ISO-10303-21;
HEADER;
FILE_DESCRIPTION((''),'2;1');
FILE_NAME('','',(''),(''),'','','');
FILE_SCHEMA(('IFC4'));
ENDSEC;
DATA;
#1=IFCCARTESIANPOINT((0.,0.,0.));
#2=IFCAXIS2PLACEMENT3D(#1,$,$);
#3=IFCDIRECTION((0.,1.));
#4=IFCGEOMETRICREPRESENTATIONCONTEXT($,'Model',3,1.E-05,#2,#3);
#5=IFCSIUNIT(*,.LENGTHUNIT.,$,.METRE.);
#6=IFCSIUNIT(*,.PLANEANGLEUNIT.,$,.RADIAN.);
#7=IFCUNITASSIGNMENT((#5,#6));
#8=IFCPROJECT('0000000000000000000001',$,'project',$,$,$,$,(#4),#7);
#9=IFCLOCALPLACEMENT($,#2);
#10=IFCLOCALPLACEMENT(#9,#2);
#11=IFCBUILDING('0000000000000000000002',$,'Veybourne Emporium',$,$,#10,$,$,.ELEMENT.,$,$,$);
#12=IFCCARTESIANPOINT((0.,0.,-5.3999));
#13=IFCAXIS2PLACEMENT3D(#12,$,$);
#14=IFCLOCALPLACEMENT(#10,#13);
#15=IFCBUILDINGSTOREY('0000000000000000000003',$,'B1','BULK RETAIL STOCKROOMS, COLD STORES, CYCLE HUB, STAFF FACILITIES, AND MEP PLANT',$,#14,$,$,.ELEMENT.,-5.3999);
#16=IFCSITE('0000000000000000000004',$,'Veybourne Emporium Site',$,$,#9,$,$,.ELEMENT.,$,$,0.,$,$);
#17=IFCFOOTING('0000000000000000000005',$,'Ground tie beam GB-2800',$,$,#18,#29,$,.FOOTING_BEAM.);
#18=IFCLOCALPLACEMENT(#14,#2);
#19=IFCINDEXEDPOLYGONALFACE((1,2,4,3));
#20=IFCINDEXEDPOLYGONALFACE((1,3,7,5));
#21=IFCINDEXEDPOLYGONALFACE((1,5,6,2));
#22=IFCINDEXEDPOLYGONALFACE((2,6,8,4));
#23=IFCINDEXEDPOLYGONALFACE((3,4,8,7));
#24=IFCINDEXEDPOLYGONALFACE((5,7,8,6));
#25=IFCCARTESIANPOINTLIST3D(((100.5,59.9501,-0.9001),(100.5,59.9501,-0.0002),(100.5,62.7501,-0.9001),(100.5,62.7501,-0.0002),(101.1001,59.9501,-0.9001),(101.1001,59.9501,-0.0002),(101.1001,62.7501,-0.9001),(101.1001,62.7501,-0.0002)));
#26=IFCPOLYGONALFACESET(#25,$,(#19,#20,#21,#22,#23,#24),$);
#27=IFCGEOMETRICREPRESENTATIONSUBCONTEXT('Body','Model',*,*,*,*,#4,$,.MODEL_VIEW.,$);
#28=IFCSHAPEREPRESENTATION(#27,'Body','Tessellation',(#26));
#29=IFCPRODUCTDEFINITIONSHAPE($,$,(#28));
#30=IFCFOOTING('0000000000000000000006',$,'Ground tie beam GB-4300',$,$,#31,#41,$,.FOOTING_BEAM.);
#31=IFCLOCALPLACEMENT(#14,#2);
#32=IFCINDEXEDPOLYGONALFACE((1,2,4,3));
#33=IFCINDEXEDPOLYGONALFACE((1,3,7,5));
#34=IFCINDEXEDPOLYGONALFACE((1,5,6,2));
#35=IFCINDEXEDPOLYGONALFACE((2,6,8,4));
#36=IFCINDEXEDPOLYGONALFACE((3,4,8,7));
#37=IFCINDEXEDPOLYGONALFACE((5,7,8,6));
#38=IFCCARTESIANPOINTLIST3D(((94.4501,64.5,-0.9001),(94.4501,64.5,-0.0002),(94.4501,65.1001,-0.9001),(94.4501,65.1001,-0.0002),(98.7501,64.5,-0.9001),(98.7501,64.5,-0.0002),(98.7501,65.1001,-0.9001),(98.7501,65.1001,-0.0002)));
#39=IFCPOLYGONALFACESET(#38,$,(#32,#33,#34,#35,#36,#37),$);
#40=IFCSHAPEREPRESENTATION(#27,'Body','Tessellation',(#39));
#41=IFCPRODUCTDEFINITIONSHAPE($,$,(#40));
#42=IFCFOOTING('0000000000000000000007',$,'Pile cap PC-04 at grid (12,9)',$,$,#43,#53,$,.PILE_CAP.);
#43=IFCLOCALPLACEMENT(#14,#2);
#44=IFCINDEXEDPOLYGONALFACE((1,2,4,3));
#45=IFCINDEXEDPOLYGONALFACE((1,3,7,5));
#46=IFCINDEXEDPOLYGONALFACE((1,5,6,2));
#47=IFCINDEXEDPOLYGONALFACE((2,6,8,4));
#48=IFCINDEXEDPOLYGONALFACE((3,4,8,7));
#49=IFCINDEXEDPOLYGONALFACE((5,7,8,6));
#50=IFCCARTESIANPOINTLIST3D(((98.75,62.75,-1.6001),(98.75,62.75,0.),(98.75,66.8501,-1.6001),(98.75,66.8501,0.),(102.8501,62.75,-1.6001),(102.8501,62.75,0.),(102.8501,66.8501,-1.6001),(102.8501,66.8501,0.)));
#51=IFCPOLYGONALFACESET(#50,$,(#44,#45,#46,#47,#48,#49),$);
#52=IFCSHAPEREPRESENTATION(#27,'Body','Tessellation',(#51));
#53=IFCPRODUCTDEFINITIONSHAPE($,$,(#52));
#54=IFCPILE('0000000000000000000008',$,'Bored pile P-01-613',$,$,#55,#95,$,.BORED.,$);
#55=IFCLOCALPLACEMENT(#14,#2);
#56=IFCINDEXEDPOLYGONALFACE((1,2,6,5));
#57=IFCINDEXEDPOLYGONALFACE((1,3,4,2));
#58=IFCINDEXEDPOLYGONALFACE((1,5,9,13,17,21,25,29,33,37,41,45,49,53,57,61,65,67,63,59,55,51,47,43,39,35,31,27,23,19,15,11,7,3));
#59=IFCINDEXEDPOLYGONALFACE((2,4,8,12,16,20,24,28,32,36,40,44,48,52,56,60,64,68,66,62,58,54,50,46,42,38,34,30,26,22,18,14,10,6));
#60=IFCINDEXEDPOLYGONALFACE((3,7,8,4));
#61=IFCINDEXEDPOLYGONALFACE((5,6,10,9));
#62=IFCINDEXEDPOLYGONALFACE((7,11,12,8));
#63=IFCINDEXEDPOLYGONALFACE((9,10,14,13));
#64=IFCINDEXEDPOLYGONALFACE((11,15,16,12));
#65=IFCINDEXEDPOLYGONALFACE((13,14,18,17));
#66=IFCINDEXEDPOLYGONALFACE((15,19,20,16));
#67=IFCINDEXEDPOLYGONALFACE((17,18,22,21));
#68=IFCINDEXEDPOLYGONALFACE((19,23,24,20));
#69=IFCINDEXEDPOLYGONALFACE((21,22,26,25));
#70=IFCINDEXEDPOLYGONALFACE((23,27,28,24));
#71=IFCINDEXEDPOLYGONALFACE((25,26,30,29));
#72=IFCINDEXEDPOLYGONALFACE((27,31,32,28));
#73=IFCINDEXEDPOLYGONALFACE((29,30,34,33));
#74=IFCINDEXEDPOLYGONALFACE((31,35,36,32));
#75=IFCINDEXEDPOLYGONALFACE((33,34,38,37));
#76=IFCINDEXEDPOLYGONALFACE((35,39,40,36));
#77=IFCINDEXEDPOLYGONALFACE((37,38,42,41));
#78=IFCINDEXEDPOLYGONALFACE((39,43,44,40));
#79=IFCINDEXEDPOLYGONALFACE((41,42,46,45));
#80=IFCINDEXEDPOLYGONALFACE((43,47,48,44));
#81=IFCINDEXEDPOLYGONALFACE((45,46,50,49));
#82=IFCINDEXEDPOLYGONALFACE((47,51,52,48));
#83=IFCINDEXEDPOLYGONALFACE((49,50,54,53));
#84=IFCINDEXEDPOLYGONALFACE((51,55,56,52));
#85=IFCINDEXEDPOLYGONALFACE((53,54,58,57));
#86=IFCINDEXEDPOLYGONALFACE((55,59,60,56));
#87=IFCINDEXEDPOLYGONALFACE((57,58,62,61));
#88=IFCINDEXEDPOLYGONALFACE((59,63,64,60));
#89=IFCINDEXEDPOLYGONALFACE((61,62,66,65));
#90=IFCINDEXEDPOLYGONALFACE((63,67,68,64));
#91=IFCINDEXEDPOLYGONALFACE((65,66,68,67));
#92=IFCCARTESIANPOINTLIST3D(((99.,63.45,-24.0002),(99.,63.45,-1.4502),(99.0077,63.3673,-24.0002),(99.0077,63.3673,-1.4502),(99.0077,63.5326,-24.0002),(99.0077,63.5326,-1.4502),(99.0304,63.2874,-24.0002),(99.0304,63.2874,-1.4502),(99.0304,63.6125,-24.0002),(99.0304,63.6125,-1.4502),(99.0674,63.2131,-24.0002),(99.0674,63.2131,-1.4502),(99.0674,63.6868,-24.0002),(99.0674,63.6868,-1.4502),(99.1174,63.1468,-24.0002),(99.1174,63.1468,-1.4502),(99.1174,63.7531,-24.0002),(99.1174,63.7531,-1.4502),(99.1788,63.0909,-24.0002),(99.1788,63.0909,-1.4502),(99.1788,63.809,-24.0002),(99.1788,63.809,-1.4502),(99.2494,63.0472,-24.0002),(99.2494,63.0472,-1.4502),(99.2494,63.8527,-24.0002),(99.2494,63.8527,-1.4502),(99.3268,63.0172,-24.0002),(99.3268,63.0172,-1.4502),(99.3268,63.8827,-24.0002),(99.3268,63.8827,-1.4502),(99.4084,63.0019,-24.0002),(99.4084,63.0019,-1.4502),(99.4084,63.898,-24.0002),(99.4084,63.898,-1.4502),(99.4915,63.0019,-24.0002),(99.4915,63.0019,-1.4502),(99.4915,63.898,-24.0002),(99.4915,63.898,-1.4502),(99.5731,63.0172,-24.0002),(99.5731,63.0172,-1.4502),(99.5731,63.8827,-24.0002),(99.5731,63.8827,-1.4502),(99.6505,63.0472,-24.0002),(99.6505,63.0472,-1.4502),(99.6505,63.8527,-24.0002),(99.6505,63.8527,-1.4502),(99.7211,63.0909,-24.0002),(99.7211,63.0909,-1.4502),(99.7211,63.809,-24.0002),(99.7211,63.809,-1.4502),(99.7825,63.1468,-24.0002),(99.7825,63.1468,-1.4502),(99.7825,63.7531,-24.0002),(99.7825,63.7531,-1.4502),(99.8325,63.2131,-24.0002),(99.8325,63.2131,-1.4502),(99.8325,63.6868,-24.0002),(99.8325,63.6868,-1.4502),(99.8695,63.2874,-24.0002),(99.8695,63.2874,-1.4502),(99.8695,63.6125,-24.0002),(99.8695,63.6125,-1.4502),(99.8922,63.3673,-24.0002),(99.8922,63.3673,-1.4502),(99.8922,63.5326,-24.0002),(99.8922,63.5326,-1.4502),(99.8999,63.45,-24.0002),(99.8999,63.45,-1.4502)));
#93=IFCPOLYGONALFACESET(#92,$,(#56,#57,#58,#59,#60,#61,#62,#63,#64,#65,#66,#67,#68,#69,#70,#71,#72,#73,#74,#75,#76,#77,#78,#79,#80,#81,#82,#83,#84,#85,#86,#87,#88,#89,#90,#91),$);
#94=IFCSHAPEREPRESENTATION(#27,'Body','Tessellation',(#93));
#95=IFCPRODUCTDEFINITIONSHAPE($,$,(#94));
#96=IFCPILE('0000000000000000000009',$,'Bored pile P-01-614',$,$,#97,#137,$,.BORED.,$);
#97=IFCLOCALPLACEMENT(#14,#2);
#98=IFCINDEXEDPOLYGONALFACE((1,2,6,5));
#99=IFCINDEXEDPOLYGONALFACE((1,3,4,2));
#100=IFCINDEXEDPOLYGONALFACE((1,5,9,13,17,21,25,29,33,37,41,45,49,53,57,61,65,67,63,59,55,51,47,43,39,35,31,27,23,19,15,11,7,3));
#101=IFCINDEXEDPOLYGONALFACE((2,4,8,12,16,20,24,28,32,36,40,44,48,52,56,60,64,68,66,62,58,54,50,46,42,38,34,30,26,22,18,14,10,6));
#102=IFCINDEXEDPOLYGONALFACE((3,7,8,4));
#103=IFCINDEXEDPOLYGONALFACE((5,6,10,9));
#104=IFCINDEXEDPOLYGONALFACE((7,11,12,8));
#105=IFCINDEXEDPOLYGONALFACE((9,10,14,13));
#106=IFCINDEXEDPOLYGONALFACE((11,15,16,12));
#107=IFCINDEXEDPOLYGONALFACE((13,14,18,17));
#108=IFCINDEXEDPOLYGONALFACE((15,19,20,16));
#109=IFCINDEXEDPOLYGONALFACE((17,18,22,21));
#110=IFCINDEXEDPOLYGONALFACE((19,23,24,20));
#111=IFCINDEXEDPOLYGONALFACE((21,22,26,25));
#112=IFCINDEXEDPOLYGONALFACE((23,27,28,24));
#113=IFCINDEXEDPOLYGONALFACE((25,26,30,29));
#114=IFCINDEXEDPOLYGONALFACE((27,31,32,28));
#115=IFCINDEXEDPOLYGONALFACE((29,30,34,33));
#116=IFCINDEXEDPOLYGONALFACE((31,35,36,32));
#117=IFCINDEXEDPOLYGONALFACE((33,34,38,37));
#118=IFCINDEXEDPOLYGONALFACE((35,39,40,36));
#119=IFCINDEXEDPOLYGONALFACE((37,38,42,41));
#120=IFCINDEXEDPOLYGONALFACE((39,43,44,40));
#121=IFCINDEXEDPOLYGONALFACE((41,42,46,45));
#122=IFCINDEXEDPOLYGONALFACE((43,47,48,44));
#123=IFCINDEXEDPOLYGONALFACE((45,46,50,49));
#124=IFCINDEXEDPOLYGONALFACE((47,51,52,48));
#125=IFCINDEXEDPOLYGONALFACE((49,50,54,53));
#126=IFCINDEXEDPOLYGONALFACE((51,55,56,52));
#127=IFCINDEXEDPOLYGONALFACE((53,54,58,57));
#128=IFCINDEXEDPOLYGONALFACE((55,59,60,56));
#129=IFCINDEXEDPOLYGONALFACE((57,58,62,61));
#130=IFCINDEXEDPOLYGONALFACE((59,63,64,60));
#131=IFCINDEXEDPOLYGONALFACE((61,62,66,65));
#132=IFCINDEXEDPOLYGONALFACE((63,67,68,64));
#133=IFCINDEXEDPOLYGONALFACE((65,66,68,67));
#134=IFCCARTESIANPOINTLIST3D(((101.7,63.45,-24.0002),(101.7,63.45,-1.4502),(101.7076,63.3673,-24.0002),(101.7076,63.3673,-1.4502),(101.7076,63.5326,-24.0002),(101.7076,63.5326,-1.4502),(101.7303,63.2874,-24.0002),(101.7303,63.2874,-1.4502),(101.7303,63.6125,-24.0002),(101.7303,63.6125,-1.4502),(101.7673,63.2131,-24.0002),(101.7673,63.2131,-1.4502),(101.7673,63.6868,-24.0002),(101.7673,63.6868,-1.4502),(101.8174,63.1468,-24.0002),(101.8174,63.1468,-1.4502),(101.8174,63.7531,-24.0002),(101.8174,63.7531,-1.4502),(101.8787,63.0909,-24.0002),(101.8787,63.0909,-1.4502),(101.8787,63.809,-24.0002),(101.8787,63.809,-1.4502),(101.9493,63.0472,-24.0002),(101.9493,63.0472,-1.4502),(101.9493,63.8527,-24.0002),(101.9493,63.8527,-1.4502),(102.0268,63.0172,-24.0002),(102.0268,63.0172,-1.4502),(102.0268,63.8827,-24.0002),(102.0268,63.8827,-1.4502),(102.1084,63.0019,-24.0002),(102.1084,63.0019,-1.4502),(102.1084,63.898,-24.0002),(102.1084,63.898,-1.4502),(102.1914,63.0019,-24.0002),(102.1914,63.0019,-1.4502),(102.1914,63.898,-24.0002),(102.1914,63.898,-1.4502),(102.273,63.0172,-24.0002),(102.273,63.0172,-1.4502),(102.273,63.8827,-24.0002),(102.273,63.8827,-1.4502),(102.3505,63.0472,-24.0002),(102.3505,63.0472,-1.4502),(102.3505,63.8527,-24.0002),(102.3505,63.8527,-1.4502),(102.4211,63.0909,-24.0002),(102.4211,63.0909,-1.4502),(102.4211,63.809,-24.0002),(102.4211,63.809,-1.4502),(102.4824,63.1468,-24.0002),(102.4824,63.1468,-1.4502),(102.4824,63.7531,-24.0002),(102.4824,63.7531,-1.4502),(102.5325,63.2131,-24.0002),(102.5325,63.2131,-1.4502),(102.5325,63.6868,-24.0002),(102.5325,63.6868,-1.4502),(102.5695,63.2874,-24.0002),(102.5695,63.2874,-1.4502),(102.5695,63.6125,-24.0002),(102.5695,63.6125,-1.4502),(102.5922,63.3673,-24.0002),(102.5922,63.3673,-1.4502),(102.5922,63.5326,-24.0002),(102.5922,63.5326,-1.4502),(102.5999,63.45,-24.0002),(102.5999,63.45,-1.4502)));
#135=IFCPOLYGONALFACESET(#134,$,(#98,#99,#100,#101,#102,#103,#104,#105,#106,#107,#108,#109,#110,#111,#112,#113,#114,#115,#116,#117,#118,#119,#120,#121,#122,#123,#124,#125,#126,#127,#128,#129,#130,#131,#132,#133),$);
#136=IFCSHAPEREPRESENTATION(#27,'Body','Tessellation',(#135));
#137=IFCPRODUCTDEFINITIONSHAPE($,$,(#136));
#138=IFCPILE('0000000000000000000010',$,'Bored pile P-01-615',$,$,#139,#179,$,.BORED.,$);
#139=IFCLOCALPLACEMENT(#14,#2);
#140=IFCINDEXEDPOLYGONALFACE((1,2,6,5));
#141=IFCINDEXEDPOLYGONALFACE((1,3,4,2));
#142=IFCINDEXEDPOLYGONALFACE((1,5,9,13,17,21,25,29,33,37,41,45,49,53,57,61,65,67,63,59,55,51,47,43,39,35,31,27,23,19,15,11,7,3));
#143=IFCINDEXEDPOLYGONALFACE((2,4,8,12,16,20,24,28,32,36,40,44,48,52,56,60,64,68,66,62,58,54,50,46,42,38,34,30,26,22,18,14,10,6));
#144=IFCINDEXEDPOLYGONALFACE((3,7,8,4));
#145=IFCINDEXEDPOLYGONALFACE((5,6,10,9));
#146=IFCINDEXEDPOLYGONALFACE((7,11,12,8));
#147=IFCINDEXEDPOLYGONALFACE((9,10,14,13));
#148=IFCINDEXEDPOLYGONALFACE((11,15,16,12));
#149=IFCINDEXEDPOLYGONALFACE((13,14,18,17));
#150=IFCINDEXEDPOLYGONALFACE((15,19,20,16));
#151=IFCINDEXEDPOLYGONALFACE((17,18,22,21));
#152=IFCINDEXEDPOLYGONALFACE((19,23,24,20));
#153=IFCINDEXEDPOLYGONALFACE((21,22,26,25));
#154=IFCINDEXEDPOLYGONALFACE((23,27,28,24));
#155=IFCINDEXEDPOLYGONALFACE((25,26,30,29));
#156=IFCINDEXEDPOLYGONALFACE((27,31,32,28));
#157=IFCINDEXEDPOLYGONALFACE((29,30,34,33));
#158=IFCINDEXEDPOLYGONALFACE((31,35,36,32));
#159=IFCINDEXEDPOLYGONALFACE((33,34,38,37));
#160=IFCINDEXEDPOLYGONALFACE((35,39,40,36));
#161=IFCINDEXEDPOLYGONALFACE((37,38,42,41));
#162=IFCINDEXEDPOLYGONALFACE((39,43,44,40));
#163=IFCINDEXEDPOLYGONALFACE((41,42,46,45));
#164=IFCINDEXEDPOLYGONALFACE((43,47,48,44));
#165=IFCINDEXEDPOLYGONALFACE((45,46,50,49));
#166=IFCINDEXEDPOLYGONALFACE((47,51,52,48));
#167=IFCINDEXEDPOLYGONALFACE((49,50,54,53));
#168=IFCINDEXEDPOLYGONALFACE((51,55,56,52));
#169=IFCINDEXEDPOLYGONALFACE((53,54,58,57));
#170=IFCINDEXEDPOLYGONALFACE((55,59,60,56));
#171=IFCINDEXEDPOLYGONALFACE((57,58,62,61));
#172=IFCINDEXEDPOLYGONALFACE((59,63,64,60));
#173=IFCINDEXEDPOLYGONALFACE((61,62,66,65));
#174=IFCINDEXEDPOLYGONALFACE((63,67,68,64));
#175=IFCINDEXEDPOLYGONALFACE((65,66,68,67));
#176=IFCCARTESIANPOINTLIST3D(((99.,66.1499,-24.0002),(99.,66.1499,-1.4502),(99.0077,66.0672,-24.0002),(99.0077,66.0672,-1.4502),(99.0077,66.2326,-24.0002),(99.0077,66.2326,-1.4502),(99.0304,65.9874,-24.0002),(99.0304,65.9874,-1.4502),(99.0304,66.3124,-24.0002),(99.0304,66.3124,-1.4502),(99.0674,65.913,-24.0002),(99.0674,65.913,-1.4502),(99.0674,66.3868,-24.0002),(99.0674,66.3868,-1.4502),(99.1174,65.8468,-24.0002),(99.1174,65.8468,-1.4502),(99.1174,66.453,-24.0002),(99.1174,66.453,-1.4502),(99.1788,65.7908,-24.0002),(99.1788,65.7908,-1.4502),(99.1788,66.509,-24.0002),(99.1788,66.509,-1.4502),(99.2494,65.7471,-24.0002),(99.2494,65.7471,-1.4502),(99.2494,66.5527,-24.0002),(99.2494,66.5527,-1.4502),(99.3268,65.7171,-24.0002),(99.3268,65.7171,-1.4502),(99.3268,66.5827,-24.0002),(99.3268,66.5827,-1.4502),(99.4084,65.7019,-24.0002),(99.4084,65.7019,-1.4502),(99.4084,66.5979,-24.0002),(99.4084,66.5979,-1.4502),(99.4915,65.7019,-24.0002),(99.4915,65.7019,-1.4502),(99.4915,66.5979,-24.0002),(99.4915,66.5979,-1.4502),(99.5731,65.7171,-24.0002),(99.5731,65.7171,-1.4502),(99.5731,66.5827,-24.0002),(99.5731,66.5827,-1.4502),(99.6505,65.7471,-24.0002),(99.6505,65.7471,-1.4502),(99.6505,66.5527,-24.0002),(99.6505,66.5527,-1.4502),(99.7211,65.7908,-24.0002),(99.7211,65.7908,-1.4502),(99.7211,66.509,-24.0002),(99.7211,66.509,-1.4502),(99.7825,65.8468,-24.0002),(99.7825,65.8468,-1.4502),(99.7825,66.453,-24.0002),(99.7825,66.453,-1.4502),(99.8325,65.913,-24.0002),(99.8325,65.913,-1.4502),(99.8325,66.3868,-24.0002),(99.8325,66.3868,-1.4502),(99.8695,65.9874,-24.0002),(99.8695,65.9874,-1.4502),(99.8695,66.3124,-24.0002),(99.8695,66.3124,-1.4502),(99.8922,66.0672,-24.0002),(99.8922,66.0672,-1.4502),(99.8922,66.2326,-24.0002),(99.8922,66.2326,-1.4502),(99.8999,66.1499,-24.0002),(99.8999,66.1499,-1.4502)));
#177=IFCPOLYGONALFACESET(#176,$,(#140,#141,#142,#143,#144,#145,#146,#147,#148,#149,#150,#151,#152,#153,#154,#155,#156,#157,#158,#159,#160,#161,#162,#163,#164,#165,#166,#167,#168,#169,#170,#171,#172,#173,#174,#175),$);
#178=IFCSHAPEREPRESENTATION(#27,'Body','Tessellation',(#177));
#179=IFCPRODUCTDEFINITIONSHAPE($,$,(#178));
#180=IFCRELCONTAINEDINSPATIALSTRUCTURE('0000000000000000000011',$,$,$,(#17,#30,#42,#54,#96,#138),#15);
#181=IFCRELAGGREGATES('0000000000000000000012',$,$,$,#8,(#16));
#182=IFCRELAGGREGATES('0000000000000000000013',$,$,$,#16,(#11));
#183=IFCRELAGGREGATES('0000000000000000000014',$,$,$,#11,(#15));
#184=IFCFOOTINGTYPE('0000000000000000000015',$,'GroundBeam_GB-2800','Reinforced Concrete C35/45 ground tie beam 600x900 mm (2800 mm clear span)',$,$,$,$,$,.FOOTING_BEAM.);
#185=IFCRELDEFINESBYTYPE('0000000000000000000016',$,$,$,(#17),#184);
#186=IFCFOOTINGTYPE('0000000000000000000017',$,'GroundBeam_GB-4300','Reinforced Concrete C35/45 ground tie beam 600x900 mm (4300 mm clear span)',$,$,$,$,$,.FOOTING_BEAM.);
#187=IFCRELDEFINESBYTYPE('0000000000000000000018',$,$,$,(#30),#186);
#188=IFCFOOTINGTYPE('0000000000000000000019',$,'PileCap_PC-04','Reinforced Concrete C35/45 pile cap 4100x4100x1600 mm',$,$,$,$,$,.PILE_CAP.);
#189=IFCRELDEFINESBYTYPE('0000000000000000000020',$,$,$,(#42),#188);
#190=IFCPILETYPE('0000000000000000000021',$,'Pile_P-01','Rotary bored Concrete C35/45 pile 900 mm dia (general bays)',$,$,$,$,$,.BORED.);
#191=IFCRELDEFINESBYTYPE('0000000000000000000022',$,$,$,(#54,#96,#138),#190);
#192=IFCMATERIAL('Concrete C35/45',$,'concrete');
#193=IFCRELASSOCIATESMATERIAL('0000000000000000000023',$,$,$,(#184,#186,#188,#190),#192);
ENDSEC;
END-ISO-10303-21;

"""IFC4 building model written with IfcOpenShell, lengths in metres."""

from ifc_helpers import new_model, si_unit, direction, frame, origin, origin_2d, place, context, subcontext, project, spatial, rectangle, circle, extrude, material, material_profile, profile_set, type_object, element, save


model = new_model("IFC4")

# Units and contexts
model_context = context("Model", 3, precision=1e-05, world=origin(), true_north=direction((0.0, 1.0)))
body_context = subcontext(model_context, "Body", "Model", "MODEL_VIEW")
ifc_project = project(units=[si_unit("LENGTHUNIT", "METRE"), si_unit("PLANEANGLEUNIT", "RADIAN")], contexts=[model_context])

# Site, building, storey
site_placement = place(None, origin())
site = spatial("IfcSite", under=ifc_project, at=site_placement, Name="Veybourne Emporium Site", CompositionType="ELEMENT", RefElevation=0.0)
building_placement = place(site_placement, origin())
building = spatial("IfcBuilding", under=site, at=building_placement, Name="Veybourne Emporium", CompositionType="ELEMENT")
storey_placement = place(building_placement, frame((0.0, 0.0, -5.3999)))
storey = spatial("IfcBuildingStorey", under=building, at=storey_placement, Name="B1", Description="BULK RETAIL STOCKROOMS, COLD STORES, CYCLE HUB, STAFF FACILITIES, AND MEP PLANT", CompositionType="ELEMENT", Elevation=-5.3999)

# Footings
ifc_material_1 = material(Name="Concrete C35/45", Category="concrete")
footing_type_1 = type_object("IfcFootingType", Name="GroundBeam_GB-2800", Description="Reinforced Concrete C35/45 ground tie beam 600x900 mm (2800 mm clear span)", PredefinedType="FOOTING_BEAM", material=ifc_material_1)
footing_1_placement = place(storey_placement, frame((100.8, 61.3501, -0.9001), z_axis=(0.0, 0.0, 1.0), x_axis=(0.0, 1.0, 0.0)))
element("IfcFooting", 1, at=footing_1_placement, inside=storey, type_object=footing_type_1, Name="Ground tie beam GB-2800", PredefinedType="FOOTING_BEAM", context=body_context, shape_type="SweptSolid", body=[
    extrude(rectangle(XDim=2.8, YDim=0.6001, at=origin_2d()), origin(), (0.0, 0.0, 1.0), 0.8999),
])
footing_type_2 = type_object("IfcFootingType", Name="GroundBeam_GB-4300", Description="Reinforced Concrete C35/45 ground tie beam 600x900 mm (4300 mm clear span)", PredefinedType="FOOTING_BEAM", material=ifc_material_1)
footing_2_placement = place(storey_placement, frame((96.6001, 64.8, -0.9001), z_axis=(0.0, 0.0, 1.0), x_axis=(1.0, 0.0, 0.0)))
element("IfcFooting", 2, at=footing_2_placement, inside=storey, type_object=footing_type_2, Name="Ground tie beam GB-4300", PredefinedType="FOOTING_BEAM", context=body_context, shape_type="SweptSolid", body=[
    extrude(rectangle(XDim=4.3, YDim=0.6001, at=origin_2d()), origin(), (0.0, 0.0, 1.0), 0.8999),
])
footing_type_3 = type_object("IfcFootingType", Name="PileCap_PC-04", Description="Reinforced Concrete C35/45 pile cap 4100x4100x1600 mm", PredefinedType="PILE_CAP", material=ifc_material_1)
footing_3_placement = place(storey_placement, frame((100.8, 64.8, -1.6001), z_axis=(0.0, 0.0, 1.0), x_axis=(1.0, 0.0, 0.0)))
element("IfcFooting", 3, at=footing_3_placement, inside=storey, type_object=footing_type_3, Name="Pile cap PC-04 at grid (12,9)", PredefinedType="PILE_CAP", context=body_context, shape_type="SweptSolid", body=[
    extrude(rectangle(XDim=4.1001, YDim=4.1001, at=origin_2d()), origin(), (0.0, 0.0, 1.0), 1.6001),
])

# Piles
ifc_material_profile_1 = material_profile(ifc_material_1, circle(Radius=0.45, at=origin_2d()), Name="BORED PILE 900")
ifc_profile_set_1 = profile_set([ifc_material_profile_1], Name="Concrete C35/45")
pile_type_1 = type_object("IfcPileType", Name="Pile_P-01", Description="Rotary bored Concrete C35/45 pile 900 mm dia (general bays)", PredefinedType="BORED", material=ifc_profile_set_1)
for number, where, z_axis, x_axis, name in (
    (4, (99.45, 63.45, -1.4502), (0.0, 0.0, -1.0), (1.0, 0.0, 0.0), "Bored pile P-01-613"),
    (5, (102.1499, 63.45, -1.4502), (0.0, 0.0, -1.0), (1.0, 0.0, 0.0), "Bored pile P-01-614"),
    (6, (99.45, 66.1499, -1.4502), (0.0, 0.0, -1.0), (1.0, 0.0, 0.0), "Bored pile P-01-615"),
):
    element("IfcPile", number, at=place(storey_placement, frame(where, z_axis=z_axis, x_axis=x_axis)), inside=storey, type_object=pile_type_1, Name=name, PredefinedType="BORED", context=body_context, shape_type="SweptSolid", body=[
        extrude(circle(Radius=0.45, at=origin_2d()), origin(), (0.0, 0.0, 1.0), 22.55),
    ])

save(model, "model.ifc")
